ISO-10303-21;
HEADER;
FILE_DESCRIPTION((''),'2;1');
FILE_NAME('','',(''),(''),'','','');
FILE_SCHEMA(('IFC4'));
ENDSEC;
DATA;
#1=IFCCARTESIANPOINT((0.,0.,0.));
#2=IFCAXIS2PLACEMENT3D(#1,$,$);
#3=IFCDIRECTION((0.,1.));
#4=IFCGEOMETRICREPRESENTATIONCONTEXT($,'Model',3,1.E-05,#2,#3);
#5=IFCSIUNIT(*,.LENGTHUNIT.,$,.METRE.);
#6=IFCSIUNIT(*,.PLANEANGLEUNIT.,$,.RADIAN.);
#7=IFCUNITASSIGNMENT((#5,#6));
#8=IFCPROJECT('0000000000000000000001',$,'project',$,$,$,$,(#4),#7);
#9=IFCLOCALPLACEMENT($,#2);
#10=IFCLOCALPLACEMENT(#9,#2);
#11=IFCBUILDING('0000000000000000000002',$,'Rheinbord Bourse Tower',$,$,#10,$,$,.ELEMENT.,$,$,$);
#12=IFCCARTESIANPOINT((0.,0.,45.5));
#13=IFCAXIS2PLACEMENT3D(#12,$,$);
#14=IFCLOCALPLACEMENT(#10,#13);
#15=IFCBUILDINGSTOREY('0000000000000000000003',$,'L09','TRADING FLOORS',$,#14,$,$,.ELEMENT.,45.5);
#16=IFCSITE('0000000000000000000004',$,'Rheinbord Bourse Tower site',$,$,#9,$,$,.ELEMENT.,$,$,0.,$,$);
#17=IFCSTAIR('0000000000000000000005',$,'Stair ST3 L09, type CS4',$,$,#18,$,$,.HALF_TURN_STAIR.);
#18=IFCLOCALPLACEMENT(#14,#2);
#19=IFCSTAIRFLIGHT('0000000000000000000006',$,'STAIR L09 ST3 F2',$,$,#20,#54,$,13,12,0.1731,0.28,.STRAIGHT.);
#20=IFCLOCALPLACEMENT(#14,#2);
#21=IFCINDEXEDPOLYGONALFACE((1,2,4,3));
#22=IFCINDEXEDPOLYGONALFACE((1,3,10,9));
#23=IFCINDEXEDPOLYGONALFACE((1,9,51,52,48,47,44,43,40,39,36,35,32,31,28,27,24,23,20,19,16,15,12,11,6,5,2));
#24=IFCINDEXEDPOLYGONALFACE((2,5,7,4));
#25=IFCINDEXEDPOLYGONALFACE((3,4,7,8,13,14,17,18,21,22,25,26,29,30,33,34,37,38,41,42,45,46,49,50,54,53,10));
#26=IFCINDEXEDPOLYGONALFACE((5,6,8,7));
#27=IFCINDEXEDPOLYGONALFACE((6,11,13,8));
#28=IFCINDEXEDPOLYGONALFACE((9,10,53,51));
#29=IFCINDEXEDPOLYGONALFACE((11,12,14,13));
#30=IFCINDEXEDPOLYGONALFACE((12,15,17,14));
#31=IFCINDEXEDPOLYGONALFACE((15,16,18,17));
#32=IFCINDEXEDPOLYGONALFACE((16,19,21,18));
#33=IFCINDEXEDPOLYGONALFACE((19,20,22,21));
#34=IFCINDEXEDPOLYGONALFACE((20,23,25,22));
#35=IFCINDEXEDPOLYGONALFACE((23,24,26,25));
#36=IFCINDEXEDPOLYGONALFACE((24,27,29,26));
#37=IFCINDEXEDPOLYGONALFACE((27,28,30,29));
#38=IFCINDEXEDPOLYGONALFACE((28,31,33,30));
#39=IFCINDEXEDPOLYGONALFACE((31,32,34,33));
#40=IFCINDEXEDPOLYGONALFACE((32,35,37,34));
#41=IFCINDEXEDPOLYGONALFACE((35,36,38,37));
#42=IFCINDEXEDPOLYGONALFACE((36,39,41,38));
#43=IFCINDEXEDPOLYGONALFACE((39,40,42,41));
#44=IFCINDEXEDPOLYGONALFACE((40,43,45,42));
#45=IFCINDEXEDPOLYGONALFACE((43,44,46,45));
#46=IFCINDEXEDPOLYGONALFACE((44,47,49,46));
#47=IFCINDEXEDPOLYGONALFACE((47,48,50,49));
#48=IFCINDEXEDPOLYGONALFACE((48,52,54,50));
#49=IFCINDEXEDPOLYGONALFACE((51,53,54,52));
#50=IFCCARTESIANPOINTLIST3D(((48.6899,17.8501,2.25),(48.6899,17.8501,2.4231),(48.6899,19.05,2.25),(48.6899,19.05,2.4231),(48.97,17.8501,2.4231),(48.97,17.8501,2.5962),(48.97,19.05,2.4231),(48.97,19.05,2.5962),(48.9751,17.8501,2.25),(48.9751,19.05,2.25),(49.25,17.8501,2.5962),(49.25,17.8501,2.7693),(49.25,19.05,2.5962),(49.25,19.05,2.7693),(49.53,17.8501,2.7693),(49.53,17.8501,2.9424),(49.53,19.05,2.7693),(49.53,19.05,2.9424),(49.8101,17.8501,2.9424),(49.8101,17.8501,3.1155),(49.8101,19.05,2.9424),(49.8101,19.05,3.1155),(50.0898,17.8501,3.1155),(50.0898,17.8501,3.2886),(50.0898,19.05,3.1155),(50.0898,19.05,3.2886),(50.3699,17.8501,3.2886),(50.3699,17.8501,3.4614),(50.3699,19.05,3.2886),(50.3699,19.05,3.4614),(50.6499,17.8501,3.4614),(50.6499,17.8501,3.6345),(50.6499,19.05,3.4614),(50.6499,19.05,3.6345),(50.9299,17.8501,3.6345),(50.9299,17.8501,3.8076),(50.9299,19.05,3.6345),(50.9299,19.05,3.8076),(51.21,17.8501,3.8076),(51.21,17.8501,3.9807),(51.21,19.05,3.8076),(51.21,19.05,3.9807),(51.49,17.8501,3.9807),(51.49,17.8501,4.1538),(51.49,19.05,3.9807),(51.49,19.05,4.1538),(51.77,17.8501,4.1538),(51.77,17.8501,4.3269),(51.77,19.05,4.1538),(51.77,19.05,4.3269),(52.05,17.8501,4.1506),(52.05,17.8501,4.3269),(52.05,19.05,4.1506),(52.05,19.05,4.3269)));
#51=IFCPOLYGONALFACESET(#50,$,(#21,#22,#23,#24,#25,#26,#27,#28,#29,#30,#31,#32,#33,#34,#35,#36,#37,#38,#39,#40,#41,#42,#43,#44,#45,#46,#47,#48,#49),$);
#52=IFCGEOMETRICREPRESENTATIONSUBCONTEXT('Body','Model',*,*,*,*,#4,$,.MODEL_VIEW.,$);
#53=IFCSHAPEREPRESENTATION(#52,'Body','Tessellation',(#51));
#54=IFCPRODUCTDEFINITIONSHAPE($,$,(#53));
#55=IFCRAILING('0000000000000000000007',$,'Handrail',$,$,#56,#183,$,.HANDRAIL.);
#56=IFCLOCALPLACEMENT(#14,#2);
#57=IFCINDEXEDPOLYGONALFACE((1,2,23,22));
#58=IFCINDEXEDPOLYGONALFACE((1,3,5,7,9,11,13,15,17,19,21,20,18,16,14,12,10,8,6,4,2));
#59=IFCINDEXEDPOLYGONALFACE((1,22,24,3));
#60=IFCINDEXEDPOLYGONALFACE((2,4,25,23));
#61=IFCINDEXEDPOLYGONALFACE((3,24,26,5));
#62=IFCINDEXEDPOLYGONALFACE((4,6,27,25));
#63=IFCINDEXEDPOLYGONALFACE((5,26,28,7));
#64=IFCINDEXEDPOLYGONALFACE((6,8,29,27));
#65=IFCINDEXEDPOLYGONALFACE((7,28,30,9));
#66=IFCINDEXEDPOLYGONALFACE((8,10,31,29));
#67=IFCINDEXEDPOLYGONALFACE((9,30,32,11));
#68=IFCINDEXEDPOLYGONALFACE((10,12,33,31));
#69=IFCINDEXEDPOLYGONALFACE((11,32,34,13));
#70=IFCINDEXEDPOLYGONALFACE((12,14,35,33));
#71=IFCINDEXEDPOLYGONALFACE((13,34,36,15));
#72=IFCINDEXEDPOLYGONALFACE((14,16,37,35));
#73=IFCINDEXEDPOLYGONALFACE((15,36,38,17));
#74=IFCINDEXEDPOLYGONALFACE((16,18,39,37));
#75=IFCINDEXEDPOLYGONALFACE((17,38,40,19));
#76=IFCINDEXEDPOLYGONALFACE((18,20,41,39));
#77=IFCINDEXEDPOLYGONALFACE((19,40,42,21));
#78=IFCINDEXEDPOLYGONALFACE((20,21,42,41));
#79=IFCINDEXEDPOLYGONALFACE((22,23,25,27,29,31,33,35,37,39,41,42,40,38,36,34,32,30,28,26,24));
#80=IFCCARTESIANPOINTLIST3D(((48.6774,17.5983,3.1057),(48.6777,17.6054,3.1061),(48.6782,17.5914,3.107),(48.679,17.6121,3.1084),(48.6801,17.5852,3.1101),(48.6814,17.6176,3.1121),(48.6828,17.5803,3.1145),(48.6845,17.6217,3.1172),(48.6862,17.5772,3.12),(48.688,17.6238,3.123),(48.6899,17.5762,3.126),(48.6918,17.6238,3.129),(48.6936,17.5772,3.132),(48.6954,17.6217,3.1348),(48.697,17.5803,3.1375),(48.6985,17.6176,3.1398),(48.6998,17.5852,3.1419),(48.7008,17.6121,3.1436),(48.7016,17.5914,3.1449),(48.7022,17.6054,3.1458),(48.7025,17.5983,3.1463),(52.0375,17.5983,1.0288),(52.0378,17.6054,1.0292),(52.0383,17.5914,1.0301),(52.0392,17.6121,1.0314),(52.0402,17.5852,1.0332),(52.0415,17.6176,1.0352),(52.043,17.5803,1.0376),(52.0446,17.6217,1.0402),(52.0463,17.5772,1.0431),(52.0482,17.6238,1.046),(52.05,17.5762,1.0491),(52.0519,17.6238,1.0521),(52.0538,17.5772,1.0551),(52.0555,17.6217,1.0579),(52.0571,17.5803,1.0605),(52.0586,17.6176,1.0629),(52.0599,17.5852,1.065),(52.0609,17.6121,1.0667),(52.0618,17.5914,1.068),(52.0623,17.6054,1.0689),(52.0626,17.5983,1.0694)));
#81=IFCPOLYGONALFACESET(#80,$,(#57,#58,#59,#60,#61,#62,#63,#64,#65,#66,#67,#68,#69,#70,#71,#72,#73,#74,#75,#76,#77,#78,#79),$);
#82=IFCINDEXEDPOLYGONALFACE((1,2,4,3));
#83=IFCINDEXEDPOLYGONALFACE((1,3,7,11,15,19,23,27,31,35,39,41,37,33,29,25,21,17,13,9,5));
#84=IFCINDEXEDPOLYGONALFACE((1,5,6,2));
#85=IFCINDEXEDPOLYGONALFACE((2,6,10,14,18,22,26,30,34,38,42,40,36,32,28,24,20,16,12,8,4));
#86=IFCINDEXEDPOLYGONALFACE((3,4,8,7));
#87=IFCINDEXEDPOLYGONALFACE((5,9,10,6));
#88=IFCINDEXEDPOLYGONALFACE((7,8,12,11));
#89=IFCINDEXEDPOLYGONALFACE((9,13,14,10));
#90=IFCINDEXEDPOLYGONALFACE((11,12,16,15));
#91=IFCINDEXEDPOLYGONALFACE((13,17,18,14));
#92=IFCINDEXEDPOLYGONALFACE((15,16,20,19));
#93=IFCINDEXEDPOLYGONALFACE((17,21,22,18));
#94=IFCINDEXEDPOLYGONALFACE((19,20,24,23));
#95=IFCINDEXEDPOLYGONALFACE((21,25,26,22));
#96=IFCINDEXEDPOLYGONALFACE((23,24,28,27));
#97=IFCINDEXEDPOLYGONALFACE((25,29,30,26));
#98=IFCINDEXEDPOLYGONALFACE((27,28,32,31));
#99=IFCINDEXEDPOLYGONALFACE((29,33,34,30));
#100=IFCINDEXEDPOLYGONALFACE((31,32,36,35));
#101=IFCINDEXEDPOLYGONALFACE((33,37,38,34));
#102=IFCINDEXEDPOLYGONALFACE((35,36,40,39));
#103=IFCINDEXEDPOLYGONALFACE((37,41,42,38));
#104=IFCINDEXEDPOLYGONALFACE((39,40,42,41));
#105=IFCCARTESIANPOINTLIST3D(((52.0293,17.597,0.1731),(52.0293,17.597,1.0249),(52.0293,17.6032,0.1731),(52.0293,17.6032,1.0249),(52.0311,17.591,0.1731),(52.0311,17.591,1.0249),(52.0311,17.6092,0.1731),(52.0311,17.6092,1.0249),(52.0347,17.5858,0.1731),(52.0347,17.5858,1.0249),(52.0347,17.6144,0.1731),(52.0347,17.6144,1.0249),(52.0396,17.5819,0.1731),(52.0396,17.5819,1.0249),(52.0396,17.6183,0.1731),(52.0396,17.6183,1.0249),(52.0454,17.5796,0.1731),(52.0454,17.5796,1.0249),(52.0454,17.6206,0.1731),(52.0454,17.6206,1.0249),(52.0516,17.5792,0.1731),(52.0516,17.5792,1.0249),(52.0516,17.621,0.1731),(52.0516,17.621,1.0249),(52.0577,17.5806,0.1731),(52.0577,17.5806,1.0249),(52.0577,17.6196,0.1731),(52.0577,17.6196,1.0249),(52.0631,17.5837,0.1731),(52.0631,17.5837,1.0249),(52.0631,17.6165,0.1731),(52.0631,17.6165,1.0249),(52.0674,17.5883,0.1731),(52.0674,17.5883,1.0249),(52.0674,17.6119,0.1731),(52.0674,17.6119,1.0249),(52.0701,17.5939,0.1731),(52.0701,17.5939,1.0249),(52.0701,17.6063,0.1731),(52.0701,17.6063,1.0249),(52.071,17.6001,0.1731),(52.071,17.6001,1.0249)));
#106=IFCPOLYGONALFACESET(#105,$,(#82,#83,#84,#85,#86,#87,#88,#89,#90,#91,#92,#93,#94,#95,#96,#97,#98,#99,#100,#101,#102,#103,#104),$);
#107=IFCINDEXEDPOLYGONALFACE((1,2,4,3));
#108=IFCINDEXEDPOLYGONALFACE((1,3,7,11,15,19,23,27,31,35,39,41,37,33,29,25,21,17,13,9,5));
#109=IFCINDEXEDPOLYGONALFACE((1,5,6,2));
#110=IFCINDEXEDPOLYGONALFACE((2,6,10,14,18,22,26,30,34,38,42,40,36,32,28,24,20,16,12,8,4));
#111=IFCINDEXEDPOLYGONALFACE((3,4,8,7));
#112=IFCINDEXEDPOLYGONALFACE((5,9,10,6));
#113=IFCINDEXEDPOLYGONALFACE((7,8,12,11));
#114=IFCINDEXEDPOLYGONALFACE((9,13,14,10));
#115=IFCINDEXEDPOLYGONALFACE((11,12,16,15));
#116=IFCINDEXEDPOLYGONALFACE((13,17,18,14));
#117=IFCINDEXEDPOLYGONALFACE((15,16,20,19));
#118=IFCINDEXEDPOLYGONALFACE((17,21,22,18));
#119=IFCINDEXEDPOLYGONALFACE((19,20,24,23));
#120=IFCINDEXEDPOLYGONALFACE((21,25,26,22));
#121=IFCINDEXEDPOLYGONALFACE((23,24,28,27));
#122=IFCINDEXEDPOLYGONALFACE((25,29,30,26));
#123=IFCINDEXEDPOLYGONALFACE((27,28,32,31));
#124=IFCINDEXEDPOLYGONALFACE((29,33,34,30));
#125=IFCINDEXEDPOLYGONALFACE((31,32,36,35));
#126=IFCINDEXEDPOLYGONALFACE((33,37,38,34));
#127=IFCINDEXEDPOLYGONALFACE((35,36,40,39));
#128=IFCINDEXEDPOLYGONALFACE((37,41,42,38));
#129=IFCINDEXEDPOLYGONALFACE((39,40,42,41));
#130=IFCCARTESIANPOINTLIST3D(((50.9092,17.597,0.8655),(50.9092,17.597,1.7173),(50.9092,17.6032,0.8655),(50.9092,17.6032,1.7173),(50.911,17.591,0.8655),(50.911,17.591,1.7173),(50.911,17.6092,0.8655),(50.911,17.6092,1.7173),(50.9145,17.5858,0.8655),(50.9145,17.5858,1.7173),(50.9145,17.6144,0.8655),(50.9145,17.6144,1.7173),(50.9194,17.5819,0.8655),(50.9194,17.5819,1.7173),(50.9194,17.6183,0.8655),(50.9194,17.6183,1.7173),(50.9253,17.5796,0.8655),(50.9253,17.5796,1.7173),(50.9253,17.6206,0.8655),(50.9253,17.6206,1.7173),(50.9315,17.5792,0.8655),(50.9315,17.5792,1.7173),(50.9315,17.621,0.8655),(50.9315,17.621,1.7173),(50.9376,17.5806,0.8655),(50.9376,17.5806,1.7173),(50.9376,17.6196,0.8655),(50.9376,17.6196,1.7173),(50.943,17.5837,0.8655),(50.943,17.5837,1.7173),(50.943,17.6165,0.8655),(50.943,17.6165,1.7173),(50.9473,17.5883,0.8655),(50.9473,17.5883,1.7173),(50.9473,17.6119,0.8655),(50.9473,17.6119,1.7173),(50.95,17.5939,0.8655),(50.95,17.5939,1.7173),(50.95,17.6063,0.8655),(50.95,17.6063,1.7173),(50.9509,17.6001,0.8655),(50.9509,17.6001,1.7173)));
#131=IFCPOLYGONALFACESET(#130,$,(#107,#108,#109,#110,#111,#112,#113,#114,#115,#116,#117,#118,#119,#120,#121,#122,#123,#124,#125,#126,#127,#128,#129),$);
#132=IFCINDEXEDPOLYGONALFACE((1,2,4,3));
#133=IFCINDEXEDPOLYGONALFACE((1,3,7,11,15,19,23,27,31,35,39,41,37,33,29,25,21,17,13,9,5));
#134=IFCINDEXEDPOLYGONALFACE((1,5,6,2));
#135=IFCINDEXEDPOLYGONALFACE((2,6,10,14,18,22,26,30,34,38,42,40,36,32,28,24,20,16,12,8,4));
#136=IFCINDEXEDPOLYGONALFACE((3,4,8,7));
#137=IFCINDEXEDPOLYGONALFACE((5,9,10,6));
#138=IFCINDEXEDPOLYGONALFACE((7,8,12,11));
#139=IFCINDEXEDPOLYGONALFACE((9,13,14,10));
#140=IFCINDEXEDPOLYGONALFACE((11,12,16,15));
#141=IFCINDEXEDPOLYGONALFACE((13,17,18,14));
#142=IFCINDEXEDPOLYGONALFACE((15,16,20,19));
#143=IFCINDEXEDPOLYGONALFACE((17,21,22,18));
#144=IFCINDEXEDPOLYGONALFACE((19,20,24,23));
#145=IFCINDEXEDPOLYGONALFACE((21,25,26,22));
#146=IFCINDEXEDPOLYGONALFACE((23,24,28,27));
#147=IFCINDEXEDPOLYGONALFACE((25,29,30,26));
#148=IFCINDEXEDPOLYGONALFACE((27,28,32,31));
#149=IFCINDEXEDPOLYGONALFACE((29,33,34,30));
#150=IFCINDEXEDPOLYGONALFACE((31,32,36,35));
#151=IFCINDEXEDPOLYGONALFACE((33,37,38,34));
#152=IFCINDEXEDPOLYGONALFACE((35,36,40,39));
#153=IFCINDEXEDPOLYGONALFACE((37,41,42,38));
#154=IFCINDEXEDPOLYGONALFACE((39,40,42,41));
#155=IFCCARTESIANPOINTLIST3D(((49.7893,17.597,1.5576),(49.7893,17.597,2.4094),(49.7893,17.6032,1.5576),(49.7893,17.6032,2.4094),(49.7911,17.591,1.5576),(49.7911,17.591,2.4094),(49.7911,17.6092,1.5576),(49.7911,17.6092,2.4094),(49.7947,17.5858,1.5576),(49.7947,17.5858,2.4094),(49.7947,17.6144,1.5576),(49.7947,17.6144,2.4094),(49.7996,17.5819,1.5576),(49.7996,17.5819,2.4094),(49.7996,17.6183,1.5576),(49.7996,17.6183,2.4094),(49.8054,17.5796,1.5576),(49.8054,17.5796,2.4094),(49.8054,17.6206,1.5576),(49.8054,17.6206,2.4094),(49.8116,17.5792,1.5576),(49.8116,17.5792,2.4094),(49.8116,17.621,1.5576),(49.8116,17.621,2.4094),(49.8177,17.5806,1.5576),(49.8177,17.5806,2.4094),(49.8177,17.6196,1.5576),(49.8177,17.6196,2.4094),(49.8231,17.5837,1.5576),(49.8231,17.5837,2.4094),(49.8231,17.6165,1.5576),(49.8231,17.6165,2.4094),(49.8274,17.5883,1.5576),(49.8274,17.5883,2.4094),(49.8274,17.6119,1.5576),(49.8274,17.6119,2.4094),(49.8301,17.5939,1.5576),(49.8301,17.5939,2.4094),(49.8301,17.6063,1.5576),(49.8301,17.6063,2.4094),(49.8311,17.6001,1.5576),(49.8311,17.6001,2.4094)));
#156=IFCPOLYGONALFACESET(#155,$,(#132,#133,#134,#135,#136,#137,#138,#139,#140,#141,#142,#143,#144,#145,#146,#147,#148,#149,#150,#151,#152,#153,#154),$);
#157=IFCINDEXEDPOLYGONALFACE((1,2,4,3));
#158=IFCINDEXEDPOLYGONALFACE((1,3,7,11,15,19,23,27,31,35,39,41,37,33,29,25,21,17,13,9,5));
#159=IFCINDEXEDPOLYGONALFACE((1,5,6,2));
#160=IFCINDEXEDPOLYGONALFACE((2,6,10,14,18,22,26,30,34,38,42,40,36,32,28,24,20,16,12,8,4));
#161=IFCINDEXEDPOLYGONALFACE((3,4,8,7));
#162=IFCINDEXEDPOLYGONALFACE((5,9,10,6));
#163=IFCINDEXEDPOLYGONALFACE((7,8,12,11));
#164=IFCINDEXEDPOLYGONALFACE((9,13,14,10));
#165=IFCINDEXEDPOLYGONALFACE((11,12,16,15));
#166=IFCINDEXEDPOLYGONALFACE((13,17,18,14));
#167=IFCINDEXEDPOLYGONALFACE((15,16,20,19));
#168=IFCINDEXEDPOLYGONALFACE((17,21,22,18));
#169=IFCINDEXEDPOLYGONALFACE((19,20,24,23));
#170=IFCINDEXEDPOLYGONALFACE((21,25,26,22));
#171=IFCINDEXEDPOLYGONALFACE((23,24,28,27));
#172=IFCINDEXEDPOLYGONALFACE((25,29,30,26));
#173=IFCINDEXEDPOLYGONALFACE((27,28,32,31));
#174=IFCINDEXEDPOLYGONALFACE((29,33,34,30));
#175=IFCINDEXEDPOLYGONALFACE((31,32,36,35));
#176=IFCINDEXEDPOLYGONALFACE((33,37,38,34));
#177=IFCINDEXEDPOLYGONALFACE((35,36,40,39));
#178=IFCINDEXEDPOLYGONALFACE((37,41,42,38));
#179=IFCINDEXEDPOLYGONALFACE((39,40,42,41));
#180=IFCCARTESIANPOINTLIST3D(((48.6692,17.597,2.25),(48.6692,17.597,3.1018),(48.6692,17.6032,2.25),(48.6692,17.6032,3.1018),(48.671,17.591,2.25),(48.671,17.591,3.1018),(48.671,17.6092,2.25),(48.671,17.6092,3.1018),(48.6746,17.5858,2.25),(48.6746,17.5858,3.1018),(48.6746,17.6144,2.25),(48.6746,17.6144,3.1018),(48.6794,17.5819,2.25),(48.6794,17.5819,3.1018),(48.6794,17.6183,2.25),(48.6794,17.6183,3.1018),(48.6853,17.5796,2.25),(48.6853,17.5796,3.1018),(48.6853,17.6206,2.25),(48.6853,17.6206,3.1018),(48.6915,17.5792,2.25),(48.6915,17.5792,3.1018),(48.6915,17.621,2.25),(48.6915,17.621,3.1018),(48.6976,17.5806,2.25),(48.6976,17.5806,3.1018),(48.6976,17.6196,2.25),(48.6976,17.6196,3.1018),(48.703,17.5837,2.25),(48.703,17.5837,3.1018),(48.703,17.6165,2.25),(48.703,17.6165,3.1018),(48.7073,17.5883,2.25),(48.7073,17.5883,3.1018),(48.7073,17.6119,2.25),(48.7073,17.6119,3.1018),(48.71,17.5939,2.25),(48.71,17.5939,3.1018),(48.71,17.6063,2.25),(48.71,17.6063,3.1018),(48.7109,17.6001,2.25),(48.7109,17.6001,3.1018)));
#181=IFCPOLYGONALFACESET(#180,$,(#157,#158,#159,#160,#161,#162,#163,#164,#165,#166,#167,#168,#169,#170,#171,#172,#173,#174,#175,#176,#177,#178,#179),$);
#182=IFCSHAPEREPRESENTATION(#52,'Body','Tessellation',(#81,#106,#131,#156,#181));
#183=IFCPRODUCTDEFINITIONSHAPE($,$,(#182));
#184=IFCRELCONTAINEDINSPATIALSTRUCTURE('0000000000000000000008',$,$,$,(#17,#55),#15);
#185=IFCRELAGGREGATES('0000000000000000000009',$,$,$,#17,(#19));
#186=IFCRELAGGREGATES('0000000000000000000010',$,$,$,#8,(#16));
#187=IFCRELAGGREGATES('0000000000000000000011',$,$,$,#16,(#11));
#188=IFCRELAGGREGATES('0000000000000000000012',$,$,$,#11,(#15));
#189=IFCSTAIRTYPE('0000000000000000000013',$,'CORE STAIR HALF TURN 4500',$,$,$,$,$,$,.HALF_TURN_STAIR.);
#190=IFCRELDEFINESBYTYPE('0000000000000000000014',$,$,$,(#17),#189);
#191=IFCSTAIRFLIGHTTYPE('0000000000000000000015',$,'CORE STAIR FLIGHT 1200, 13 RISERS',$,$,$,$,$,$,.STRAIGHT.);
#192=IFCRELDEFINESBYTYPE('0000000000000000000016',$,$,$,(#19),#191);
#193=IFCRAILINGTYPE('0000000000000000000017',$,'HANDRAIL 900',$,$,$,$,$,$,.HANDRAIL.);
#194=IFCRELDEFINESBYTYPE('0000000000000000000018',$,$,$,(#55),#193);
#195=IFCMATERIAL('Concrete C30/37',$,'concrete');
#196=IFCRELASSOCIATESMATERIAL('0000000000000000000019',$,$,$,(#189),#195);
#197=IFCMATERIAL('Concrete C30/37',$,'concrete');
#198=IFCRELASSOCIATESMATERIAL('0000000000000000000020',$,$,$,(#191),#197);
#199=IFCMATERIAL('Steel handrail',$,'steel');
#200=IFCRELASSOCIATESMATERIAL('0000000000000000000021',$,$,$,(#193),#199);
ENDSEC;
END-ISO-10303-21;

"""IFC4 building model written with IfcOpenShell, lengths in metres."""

from ifc_helpers import new_model, si_unit, direction, frame, origin, origin_2d, place, context, subcontext, project, spatial, polyline, circle, outline, extrude, material, type_object, element, aggregate, save


model = new_model("IFC4")

# Units and contexts
model_context = context("Model", 3, precision=1e-05, world=origin(), true_north=direction((0.0, 1.0)))
body_context = subcontext(model_context, "Body", "Model", "MODEL_VIEW")
ifc_project = project(units=[si_unit("LENGTHUNIT", "METRE"), si_unit("PLANEANGLEUNIT", "RADIAN")], contexts=[model_context])

# Site, building, storey
site_placement = place(None, origin())
site = spatial("IfcSite", under=ifc_project, at=site_placement, Name="Rheinbord Bourse Tower site", CompositionType="ELEMENT", RefElevation=0.0)
building_placement = place(site_placement, origin())
building = spatial("IfcBuilding", under=site, at=building_placement, Name="Rheinbord Bourse Tower", CompositionType="ELEMENT")
storey_placement = place(building_placement, frame((0.0, 0.0, 45.5)))
storey = spatial("IfcBuildingStorey", under=building, at=storey_placement, Name="L09", Description="TRADING FLOORS", CompositionType="ELEMENT", Elevation=45.5)

# Stair, stair flight
ifc_material_1 = material(Name="Concrete C30/37", Category="concrete")
stair_type = type_object("IfcStairType", Name="CORE STAIR HALF TURN 4500", PredefinedType="HALF_TURN_STAIR", material=ifc_material_1)
stair_placement = place(storey_placement, origin())
stair = element("IfcStair", 1, at=stair_placement, inside=storey, type_object=stair_type, Name="Stair ST3 L09, type CS4", PredefinedType="HALF_TURN_STAIR")
ifc_material_2 = material(Name="Concrete C30/37", Category="concrete")
stair_flight_type = type_object("IfcStairFlightType", Name="CORE STAIR FLIGHT 1200, 13 RISERS", PredefinedType="STRAIGHT", material=ifc_material_2)
stair_flight_1_placement = place(storey_placement, frame((48.6899, 18.45, 2.25), z_axis=(0.0, 0.0, 1.0), x_axis=(1.0, 0.0, 0.0)))
stair_flight_1 = element("IfcStairFlight", 2, at=stair_flight_1_placement, type_object=stair_flight_type, Name="STAIR L09 ST3 F2", NumberOfRisers=13, NumberOfTreads=12, PredefinedType="STRAIGHT", RiserHeight=0.1731, TreadLength=0.28, context=body_context, shape_type="SweptSolid", body=[
    extrude(outline(polyline([(0.0, 0.0), (0.0, 0.1731), (0.28, 0.1731), (0.28, 0.3462), (0.5601, 0.3462), (0.5601, 0.5193), (0.8401, 0.5193), (0.8401, 0.6924), (1.1201, 0.6924), (1.1201, 0.8655), (1.3999, 0.8655), (1.3999, 1.0386), (1.6799, 1.0386), (1.6799, 1.2114), (1.96, 1.2114), (1.96, 1.3845), (2.24, 1.3845), (2.24, 1.5576), (2.52, 1.5576), (2.52, 1.7307), (2.8, 1.7307), (2.8, 1.9038), (3.0801, 1.9038), (3.0801, 2.0769), (3.3601, 2.0769), (3.3601, 2.25), (3.3601, 1.9006), (0.2852, 0.0), (0.0, 0.0)])), frame((0.0, 0.6001, 0.0), z_axis=(0.0, -1.0, 0.0), x_axis=(1.0, 0.0, 0.0)), (0.0, 0.0, 1.0), 1.2),
])
aggregate(stair, [stair_flight_1])

# Railing
ifc_material_3 = material(Name="Steel handrail", Category="steel")
railing_type = type_object("IfcRailingType", Name="HANDRAIL 900", PredefinedType="HANDRAIL", material=ifc_material_3)
railing_1_placement = place(storey_placement, frame((52.05, 17.6001, 0.1731)))
element("IfcRailing", 3, at=railing_1_placement, inside=storey, type_object=railing_type, Name="Handrail", PredefinedType="HANDRAIL", context=body_context, shape_type="SweptSolid", body=[
    extrude(circle(Radius=0.0239, at=origin_2d()), frame((0.0, 0.0, 0.876), z_axis=(-0.850623, 0.0, 0.525776), x_axis=(0.0, -1.0, 0.0)), (0.0, 0.0, 1.0), 3.9502),
    extrude(circle(Radius=0.021, at=origin_2d()), origin(), (0.0, 0.0, 1.0), 0.8518),
    extrude(circle(Radius=0.021, at=origin_2d()), frame((-1.1201, 0.0, 0.6924)), (0.0, 0.0, 1.0), 0.8518),
    extrude(circle(Radius=0.021, at=origin_2d()), frame((-2.24, 0.0, 1.3845)), (0.0, 0.0, 1.0), 0.8518),
    extrude(circle(Radius=0.021, at=origin_2d()), frame((-3.3601, 0.0, 2.0769)), (0.0, 0.0, 1.0), 0.8518),
])

save(model, "model.ifc")
